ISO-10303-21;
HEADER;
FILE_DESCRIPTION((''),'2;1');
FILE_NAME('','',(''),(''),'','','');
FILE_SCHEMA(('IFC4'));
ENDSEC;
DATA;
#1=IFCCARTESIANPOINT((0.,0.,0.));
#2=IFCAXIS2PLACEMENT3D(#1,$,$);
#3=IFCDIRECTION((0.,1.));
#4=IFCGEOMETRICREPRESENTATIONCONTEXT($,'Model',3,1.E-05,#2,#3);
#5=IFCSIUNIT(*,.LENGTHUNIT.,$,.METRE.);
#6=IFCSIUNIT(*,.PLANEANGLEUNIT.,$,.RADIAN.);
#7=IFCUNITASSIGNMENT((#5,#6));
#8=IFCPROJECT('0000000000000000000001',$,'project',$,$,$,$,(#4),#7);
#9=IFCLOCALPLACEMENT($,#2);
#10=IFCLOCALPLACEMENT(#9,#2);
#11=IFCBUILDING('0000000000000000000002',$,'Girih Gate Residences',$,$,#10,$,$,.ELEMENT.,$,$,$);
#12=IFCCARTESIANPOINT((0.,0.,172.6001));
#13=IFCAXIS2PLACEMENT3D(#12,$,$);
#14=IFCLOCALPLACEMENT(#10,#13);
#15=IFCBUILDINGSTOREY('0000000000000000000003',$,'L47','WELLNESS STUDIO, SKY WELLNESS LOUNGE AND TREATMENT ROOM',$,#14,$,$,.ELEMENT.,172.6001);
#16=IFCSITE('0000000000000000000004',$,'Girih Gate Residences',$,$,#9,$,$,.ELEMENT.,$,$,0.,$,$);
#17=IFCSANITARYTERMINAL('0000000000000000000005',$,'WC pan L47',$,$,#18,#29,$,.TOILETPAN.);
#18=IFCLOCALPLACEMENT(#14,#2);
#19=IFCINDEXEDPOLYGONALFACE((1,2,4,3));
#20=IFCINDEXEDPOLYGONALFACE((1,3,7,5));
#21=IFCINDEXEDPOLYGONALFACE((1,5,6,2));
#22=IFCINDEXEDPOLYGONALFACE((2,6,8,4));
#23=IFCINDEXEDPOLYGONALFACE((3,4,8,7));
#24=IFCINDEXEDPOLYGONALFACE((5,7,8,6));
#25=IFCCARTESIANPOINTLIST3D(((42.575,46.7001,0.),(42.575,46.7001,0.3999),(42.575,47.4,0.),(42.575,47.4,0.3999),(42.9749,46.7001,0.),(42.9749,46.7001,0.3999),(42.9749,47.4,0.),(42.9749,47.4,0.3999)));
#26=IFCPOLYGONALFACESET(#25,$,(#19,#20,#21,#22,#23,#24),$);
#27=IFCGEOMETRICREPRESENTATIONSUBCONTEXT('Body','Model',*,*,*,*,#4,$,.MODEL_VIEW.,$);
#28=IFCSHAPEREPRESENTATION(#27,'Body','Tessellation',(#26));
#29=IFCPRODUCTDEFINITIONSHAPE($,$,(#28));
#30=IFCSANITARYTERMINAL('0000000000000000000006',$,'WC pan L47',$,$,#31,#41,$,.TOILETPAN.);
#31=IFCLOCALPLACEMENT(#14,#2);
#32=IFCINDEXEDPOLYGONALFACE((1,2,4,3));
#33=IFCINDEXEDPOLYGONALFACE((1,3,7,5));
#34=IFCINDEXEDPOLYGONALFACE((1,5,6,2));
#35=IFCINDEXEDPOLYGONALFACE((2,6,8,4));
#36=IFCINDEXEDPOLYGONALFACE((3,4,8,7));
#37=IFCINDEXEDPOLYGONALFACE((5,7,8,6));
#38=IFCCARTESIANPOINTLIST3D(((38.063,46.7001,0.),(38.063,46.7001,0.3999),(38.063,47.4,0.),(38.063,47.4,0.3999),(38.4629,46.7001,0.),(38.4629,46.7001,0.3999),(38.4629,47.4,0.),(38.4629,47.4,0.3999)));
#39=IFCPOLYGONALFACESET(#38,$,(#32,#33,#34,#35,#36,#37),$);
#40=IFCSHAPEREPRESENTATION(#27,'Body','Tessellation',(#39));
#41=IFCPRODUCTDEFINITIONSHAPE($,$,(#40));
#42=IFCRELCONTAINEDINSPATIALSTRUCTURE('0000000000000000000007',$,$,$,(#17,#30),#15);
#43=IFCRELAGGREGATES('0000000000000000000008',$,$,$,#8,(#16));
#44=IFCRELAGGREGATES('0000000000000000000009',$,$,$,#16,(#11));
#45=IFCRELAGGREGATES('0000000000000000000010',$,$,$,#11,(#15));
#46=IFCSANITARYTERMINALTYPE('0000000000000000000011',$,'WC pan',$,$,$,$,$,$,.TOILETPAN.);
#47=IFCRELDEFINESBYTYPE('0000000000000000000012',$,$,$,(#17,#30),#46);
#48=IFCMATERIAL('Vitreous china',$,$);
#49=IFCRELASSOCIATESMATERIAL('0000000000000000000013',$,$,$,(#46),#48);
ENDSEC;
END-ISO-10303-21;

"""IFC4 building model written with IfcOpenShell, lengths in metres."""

from ifc_helpers import new_model, si_unit, direction, frame, origin, origin_2d, place, context, subcontext, project, spatial, rectangle, extrude, material, type_object, element, save


model = new_model("IFC4")

# Units and contexts
model_context = context("Model", 3, precision=1e-05, world=origin(), true_north=direction((0.0, 1.0)))
body_context = subcontext(model_context, "Body", "Model", "MODEL_VIEW")
ifc_project = project(units=[si_unit("LENGTHUNIT", "METRE"), si_unit("PLANEANGLEUNIT", "RADIAN")], contexts=[model_context])

# Site, building, storey
site_placement = place(None, origin())
site = spatial("IfcSite", under=ifc_project, at=site_placement, Name="Girih Gate Residences", CompositionType="ELEMENT", RefElevation=0.0)
building_placement = place(site_placement, origin())
building = spatial("IfcBuilding", under=site, at=building_placement, Name="Girih Gate Residences", CompositionType="ELEMENT")
storey_placement = place(building_placement, frame((0.0, 0.0, 172.6001)))
storey = spatial("IfcBuildingStorey", under=building, at=storey_placement, Name="L47", Description="WELLNESS STUDIO, SKY WELLNESS LOUNGE AND TREATMENT ROOM", CompositionType="ELEMENT", Elevation=172.6001)

# Sanitary terminals
ifc_material_1 = material(Name="Vitreous china")
sanitary_terminal_type = type_object("IfcSanitaryTerminalType", Name="WC pan", PredefinedType="TOILETPAN", material=ifc_material_1)
for number, where, z_axis, x_axis, name in (
    (1, (42.7749, 47.05, 0.0), (0.0, 0.0, 1.0), (1.0, 0.0, 0.0), "WC pan L47"),
    (2, (38.2629, 47.05, 0.0), (0.0, 0.0, 1.0), (1.0, 0.0, 0.0), "WC pan L47"),
):
    element("IfcSanitaryTerminal", number, at=place(storey_placement, frame(where, z_axis=z_axis, x_axis=x_axis)), inside=storey, type_object=sanitary_terminal_type, Name=name, PredefinedType="TOILETPAN", context=body_context, shape_type="SweptSolid", body=[
        extrude(rectangle(XDim=0.3999, YDim=0.7, at=origin_2d()), origin(), (0.0, 0.0, 1.0), 0.3999),
    ])

save(model, "model.ifc")
